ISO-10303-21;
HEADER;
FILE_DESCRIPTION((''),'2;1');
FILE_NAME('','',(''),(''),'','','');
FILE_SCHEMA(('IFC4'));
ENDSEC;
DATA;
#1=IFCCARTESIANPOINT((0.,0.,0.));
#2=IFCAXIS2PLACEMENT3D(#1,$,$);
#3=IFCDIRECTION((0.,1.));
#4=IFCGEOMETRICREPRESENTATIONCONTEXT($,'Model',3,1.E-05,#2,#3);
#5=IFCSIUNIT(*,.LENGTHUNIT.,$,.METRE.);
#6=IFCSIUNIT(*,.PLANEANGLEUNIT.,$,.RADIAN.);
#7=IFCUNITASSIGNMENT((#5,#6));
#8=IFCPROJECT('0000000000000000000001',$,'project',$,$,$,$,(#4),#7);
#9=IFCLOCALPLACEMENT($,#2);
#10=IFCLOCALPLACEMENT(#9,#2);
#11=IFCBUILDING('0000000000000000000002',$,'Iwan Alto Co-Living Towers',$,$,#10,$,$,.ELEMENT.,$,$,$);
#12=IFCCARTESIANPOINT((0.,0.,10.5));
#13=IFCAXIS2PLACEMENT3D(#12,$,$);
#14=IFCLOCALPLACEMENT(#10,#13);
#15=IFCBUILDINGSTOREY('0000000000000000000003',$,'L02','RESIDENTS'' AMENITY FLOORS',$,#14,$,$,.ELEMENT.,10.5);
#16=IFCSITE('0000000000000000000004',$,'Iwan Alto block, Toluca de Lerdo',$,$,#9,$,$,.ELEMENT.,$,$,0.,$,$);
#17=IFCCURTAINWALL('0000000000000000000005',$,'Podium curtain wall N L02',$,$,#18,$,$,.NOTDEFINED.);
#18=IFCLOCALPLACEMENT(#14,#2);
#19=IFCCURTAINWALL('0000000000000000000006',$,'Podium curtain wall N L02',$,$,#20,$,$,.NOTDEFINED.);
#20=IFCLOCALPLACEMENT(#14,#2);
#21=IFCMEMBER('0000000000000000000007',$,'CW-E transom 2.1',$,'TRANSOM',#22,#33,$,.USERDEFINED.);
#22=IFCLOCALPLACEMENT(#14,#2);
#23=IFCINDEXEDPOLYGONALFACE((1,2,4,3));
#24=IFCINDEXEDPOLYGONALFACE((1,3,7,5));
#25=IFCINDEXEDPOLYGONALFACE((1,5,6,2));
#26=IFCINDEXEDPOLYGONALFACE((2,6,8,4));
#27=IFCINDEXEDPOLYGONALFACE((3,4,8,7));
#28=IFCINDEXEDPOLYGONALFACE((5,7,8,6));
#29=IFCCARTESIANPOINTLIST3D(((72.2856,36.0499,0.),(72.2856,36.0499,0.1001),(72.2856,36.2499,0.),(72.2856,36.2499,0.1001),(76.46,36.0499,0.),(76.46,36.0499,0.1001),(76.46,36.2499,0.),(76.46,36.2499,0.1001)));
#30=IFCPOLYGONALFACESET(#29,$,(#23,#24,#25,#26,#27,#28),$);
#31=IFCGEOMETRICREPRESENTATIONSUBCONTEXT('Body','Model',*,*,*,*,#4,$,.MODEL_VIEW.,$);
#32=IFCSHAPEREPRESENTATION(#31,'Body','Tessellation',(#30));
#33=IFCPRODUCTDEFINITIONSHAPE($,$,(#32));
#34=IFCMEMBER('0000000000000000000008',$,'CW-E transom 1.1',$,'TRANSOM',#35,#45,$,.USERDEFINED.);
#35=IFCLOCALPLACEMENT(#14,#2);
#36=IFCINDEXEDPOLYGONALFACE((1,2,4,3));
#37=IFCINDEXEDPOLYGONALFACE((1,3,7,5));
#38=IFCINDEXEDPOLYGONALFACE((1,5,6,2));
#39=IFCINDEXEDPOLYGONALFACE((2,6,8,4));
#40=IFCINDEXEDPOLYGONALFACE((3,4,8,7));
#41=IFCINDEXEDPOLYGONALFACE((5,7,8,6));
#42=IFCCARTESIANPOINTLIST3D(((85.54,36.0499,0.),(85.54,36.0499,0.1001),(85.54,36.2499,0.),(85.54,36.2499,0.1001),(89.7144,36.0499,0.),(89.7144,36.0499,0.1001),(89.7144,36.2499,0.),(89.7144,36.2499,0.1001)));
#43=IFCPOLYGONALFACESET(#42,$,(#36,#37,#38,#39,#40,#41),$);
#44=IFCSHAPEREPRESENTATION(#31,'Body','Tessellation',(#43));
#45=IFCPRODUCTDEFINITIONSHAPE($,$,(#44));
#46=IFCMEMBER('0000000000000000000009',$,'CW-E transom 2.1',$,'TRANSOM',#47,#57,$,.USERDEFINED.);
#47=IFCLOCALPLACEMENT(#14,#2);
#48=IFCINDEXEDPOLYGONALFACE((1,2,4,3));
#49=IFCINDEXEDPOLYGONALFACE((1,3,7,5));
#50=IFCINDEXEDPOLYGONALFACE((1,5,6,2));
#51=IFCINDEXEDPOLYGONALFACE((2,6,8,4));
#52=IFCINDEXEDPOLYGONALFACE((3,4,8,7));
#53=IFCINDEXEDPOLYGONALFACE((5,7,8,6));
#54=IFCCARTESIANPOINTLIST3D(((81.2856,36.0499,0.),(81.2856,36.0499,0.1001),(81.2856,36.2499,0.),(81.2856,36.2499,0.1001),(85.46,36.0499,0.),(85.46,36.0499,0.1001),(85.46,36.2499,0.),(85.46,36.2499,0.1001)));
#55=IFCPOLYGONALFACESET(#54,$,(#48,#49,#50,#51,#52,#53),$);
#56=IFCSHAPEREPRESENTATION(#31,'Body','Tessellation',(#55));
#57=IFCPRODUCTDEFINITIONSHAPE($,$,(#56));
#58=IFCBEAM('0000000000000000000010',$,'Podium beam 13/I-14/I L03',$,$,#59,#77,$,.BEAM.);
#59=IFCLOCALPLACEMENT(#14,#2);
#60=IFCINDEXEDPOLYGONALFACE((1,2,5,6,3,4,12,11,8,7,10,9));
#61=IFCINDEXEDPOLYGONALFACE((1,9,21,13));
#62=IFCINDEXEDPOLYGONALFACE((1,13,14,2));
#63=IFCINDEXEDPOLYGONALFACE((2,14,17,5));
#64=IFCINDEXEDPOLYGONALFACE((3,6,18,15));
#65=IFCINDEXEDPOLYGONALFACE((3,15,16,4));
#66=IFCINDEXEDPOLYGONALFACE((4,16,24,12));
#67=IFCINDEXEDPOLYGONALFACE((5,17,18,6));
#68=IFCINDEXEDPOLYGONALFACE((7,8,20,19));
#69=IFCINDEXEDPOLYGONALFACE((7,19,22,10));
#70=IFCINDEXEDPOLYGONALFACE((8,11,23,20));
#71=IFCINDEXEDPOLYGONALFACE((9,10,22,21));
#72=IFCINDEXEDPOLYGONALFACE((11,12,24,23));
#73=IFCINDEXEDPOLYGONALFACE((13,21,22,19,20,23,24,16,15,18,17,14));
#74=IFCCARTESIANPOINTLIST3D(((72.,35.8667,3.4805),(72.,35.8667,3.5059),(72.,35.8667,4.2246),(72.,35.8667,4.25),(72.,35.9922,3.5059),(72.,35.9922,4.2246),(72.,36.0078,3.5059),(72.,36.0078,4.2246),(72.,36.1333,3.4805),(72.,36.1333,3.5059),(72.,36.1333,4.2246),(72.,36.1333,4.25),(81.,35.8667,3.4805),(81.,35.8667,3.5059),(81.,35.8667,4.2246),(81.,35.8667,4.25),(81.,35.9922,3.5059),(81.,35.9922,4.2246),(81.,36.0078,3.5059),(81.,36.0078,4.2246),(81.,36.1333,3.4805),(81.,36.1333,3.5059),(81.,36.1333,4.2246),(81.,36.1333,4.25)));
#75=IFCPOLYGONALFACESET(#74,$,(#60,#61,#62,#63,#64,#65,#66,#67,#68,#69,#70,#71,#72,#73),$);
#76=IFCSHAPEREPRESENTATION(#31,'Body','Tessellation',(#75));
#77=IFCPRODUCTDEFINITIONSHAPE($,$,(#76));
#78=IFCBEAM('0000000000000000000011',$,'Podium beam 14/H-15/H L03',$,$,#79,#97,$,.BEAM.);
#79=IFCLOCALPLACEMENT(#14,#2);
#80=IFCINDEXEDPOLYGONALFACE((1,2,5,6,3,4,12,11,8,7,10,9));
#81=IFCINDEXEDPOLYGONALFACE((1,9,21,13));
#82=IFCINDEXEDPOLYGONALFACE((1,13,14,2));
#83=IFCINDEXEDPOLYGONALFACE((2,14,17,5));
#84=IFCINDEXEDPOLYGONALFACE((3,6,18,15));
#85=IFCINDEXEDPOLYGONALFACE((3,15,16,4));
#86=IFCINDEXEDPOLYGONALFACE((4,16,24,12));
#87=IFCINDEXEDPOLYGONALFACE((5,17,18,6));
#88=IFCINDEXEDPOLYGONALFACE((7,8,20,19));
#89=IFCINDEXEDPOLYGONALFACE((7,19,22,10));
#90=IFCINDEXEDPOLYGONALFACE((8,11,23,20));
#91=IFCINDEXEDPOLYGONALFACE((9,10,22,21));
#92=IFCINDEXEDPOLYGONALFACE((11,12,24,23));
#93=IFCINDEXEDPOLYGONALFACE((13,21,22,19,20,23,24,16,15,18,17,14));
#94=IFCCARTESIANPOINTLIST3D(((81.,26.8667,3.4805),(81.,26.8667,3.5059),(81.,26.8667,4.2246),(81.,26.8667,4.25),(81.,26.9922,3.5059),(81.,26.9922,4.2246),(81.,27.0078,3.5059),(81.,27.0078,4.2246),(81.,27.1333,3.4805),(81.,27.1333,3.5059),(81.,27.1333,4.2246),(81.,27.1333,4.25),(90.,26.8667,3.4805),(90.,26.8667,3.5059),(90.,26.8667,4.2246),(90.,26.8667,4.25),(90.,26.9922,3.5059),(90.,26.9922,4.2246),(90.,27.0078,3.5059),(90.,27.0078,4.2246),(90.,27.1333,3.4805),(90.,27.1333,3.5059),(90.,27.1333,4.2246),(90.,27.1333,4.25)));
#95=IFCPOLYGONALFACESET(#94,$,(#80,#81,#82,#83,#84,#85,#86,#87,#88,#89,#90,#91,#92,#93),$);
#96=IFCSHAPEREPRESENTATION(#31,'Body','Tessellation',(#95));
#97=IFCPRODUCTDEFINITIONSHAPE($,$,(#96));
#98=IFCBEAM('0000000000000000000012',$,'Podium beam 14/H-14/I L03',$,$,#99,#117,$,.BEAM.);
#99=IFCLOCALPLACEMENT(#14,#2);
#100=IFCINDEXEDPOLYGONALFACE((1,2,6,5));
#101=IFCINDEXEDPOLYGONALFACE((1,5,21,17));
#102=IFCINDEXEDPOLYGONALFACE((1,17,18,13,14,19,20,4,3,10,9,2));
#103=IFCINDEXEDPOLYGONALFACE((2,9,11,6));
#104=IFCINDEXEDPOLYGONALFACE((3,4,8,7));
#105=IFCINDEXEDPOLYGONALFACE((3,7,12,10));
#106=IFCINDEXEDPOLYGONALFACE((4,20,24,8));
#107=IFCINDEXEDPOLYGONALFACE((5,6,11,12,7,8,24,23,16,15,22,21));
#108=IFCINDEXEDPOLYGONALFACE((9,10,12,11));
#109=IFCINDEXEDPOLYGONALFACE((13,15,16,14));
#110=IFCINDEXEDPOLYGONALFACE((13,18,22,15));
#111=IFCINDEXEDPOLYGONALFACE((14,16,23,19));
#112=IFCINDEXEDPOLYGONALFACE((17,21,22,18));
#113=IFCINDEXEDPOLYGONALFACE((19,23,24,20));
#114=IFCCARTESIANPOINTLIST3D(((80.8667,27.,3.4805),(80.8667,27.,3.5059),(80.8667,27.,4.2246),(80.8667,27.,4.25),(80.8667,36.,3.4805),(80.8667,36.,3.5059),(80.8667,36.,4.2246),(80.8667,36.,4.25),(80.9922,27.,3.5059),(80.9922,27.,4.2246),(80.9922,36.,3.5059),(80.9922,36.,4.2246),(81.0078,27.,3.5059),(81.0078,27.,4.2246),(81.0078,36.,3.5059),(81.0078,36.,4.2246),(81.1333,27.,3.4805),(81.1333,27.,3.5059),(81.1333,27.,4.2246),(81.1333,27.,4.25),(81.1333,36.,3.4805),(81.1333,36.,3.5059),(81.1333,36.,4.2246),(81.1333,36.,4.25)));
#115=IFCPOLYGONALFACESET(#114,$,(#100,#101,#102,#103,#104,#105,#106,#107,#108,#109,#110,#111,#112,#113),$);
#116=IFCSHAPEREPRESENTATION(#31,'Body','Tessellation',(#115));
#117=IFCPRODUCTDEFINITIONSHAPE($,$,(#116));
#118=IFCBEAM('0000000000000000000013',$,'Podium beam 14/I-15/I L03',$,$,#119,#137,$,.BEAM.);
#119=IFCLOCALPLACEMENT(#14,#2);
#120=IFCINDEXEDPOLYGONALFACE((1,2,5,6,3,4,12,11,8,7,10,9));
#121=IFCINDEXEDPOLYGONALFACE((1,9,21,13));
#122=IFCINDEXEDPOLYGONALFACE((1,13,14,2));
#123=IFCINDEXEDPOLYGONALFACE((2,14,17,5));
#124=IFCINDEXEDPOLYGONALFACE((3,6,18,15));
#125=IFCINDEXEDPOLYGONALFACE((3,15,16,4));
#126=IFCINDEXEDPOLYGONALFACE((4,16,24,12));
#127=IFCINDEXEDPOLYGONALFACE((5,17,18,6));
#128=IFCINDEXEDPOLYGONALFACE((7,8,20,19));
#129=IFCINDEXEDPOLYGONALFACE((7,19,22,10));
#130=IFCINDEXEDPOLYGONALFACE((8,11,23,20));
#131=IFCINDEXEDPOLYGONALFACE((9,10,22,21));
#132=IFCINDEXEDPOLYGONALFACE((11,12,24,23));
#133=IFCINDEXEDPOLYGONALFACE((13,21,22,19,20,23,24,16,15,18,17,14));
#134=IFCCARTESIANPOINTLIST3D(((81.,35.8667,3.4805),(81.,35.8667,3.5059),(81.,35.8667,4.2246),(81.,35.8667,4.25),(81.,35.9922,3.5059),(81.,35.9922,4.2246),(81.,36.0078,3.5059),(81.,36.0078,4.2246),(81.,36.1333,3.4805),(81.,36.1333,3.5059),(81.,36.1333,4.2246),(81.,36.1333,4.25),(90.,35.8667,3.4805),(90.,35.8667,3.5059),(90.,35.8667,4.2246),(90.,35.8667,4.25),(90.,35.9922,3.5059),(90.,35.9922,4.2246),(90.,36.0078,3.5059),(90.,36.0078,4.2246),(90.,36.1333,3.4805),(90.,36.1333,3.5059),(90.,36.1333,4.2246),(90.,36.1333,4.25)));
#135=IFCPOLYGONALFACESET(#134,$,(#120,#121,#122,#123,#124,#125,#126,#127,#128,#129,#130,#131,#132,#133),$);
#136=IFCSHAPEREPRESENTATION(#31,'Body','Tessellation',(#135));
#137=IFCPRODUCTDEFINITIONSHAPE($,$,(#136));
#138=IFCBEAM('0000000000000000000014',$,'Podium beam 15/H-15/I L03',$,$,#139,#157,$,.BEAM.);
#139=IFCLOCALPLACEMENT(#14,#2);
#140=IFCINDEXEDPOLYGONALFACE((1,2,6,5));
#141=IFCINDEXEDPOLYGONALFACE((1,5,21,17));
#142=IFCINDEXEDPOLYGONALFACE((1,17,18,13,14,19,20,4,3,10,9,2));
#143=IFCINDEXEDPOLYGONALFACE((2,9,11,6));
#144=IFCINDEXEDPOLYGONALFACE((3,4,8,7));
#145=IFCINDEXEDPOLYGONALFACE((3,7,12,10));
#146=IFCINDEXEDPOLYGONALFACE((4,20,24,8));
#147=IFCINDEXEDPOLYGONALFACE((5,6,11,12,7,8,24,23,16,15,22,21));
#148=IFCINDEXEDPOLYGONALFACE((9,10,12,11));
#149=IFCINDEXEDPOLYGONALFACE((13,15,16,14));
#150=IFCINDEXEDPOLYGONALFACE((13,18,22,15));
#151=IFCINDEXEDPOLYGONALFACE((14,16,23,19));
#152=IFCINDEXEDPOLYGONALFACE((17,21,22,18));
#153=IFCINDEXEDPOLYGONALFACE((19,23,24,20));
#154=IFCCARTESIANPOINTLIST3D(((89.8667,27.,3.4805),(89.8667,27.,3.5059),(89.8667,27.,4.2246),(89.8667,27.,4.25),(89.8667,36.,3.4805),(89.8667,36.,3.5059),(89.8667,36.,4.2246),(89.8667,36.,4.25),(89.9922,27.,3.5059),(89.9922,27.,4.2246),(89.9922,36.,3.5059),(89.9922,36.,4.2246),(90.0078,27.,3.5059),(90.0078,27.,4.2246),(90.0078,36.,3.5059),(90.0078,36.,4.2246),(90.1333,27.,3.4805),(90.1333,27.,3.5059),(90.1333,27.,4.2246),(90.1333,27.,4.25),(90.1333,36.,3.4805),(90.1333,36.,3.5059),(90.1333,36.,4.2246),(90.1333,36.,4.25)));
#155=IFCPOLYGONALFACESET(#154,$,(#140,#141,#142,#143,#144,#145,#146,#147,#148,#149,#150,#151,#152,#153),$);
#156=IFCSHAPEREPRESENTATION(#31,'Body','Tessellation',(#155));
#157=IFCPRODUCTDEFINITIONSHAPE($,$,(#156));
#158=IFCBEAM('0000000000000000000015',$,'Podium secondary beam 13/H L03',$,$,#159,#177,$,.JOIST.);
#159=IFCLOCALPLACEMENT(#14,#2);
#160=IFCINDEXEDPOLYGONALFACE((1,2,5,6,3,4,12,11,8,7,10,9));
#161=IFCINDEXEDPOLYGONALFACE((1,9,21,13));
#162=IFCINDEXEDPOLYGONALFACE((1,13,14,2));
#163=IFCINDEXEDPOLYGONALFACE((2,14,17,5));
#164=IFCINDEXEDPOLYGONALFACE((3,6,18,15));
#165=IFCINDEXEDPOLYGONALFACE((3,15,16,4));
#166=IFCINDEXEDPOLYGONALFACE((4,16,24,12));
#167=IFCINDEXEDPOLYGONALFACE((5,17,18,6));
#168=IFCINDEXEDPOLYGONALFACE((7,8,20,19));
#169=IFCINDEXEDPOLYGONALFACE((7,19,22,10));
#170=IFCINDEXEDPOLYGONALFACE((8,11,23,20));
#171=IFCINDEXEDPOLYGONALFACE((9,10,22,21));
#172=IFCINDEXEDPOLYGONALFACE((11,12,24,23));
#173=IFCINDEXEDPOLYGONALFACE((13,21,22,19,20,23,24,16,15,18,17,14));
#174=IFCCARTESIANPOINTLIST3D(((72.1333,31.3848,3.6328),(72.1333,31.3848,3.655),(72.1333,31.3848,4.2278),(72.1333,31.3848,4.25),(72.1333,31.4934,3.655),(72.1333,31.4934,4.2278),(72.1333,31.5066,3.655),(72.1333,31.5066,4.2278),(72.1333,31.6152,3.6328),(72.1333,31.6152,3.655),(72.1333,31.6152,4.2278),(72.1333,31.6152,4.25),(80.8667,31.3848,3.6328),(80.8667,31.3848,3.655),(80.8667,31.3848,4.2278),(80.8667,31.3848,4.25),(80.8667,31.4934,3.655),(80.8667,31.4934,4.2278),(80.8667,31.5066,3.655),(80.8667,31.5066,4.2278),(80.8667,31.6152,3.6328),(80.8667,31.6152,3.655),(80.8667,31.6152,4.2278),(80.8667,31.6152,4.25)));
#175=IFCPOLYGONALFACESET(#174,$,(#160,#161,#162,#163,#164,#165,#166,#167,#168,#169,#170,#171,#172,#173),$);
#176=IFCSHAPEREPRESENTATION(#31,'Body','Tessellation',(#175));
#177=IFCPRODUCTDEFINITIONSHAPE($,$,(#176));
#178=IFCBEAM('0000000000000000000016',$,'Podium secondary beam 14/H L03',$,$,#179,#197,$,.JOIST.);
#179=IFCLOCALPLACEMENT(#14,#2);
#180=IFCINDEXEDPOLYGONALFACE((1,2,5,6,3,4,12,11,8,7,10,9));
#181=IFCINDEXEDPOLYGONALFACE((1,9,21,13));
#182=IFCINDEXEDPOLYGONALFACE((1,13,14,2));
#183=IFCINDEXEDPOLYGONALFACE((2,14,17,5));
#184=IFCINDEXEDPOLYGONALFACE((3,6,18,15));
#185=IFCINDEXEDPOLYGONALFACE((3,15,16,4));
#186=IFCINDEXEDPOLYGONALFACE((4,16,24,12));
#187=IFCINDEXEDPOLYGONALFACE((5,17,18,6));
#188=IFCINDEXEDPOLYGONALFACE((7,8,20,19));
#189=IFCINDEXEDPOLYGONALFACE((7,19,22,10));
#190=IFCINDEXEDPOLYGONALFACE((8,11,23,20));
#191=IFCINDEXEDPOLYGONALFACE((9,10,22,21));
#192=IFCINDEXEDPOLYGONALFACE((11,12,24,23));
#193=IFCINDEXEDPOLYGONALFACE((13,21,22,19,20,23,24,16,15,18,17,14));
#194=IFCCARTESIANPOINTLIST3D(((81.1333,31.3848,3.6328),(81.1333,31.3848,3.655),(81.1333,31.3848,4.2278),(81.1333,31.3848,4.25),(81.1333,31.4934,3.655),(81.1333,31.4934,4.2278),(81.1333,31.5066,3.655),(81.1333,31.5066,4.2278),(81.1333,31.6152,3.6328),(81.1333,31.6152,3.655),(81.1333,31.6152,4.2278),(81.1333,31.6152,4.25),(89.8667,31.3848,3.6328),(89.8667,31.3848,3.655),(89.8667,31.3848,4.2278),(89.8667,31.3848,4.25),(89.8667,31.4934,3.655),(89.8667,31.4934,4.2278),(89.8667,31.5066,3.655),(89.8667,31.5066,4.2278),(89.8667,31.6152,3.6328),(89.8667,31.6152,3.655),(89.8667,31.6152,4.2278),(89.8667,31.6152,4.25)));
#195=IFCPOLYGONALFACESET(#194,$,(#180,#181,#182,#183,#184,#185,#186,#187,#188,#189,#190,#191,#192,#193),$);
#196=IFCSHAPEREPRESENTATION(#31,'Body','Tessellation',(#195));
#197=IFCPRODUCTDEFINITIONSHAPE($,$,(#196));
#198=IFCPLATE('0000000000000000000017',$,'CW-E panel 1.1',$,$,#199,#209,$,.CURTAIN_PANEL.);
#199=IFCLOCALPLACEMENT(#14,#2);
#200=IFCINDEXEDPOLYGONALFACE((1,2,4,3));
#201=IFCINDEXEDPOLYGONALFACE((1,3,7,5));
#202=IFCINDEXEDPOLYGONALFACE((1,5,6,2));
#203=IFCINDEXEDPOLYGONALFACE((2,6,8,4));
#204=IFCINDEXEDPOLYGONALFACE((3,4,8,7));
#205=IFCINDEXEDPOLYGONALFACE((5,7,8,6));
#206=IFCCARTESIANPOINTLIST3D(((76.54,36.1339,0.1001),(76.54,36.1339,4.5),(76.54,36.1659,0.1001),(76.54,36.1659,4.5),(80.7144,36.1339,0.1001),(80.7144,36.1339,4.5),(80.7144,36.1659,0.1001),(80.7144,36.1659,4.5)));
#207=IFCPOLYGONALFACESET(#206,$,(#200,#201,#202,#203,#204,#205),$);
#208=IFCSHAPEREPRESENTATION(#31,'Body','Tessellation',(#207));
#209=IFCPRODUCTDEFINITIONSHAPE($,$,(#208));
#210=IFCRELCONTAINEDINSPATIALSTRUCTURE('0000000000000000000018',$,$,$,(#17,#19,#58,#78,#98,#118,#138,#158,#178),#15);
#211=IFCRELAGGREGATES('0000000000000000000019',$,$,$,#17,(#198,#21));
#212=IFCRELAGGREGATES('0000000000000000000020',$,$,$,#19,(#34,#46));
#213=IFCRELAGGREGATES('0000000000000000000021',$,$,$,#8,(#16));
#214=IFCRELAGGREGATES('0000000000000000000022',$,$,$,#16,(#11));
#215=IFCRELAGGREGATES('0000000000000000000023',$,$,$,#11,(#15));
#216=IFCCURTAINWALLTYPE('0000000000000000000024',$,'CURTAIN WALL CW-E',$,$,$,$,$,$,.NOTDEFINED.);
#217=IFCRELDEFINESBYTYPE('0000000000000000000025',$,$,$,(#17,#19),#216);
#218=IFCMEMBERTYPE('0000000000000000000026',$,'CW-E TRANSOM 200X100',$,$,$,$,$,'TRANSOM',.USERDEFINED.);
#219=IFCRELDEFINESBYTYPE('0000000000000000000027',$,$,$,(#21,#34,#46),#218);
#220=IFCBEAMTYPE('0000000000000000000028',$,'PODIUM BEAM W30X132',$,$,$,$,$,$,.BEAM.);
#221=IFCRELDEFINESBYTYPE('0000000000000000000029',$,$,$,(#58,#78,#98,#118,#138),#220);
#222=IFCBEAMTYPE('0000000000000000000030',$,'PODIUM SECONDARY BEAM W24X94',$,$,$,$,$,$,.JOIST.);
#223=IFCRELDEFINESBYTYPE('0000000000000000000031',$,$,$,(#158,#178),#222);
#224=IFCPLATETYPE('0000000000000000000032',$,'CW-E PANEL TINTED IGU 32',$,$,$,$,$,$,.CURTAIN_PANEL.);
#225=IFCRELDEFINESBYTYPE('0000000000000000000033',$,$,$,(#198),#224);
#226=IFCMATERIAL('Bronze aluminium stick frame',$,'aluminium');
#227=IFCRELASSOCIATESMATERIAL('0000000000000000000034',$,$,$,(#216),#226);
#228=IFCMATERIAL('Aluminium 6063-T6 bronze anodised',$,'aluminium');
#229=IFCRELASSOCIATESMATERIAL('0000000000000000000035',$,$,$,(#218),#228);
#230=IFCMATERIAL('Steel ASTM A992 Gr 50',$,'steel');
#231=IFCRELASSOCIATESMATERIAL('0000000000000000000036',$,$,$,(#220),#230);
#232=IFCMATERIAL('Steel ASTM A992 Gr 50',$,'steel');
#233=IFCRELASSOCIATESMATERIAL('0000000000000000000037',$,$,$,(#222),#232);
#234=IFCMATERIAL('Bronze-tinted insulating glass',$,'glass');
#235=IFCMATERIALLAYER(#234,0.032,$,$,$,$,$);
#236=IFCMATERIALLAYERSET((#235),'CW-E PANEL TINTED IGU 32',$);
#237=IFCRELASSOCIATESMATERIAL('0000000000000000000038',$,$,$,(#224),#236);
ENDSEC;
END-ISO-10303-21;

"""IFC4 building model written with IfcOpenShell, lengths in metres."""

from ifc_helpers import new_model, si_unit, direction, frame, origin, origin_2d, place, context, subcontext, project, spatial, rectangle, i_section, extrude, material, layer, layer_set, material_profile, profile_set, type_object, element, aggregate, save


model = new_model("IFC4")

# Units and contexts
model_context = context("Model", 3, precision=1e-05, world=origin(), true_north=direction((0.0, 1.0)))
body_context = subcontext(model_context, "Body", "Model", "MODEL_VIEW")
ifc_project = project(units=[si_unit("LENGTHUNIT", "METRE"), si_unit("PLANEANGLEUNIT", "RADIAN")], contexts=[model_context])

# Site, building, storey
site_placement = place(None, origin())
site = spatial("IfcSite", under=ifc_project, at=site_placement, Name="Iwan Alto block, Toluca de Lerdo", CompositionType="ELEMENT", RefElevation=0.0)
building_placement = place(site_placement, origin())
building = spatial("IfcBuilding", under=site, at=building_placement, Name="Iwan Alto Co-Living Towers", CompositionType="ELEMENT")
storey_placement = place(building_placement, frame((0.0, 0.0, 10.5)))
storey = spatial("IfcBuildingStorey", under=building, at=storey_placement, Name="L02", Description="RESIDENTS' AMENITY FLOORS", CompositionType="ELEMENT", Elevation=10.5)

# Curtain walls
ifc_material_1 = material(Name="Bronze aluminium stick frame", Category="aluminium")
curtain_wall_type = type_object("IfcCurtainWallType", Name="CURTAIN WALL CW-E", PredefinedType="NOTDEFINED", material=ifc_material_1)
curtain_wall_1_placement = place(storey_placement, origin())
curtain_wall_1 = element("IfcCurtainWall", 1, at=curtain_wall_1_placement, inside=storey, type_object=curtain_wall_type, Name="Podium curtain wall N L02", PredefinedType="NOTDEFINED")
curtain_wall_2_placement = place(storey_placement, origin())
curtain_wall_2 = element("IfcCurtainWall", 2, at=curtain_wall_2_placement, inside=storey, type_object=curtain_wall_type, Name="Podium curtain wall N L02", PredefinedType="NOTDEFINED")

# Members
ifc_material_2 = material(Name="Aluminium 6063-T6 bronze anodised", Category="aluminium")
ifc_material_profile_1 = material_profile(ifc_material_2, rectangle(XDim=0.2, YDim=0.1001, at=origin_2d()), Name="AL 200X100")
ifc_profile_set_1 = profile_set([ifc_material_profile_1], Name="Aluminium 6063-T6 bronze anodised")
member_type_1 = type_object("IfcMemberType", Name="CW-E TRANSOM 200X100", ElementType="TRANSOM", PredefinedType="USERDEFINED", material=ifc_profile_set_1)
member_1_placement = place(storey_placement, frame((76.46, 36.1499, 0.05), z_axis=(-1.0, 0.0, 0.0), x_axis=(0.0, -1.0, 0.0)))
member_1 = element("IfcMember", 3, at=member_1_placement, type_object=member_type_1, Name="CW-E transom 2.1", ObjectType="TRANSOM", PredefinedType="USERDEFINED", context=body_context, shape_type="SweptSolid", body=[
    extrude(rectangle(XDim=0.2, YDim=0.1001, at=origin_2d()), origin(), (0.0, 0.0, 1.0), 4.1743),
])
member_2_placement = place(storey_placement, frame((89.7144, 36.1499, 0.05), z_axis=(-1.0, 0.0, 0.0), x_axis=(0.0, -1.0, 0.0)))
member_2 = element("IfcMember", 4, at=member_2_placement, type_object=member_type_1, Name="CW-E transom 1.1", ObjectType="TRANSOM", PredefinedType="USERDEFINED", context=body_context, shape_type="SweptSolid", body=[
    extrude(rectangle(XDim=0.2, YDim=0.1001, at=origin_2d()), origin(), (0.0, 0.0, 1.0), 4.1743),
])
member_3_placement = place(storey_placement, frame((85.46, 36.1499, 0.05), z_axis=(-1.0, 0.0, 0.0), x_axis=(0.0, -1.0, 0.0)))
member_3 = element("IfcMember", 5, at=member_3_placement, type_object=member_type_1, Name="CW-E transom 2.1", ObjectType="TRANSOM", PredefinedType="USERDEFINED", context=body_context, shape_type="SweptSolid", body=[
    extrude(rectangle(XDim=0.2, YDim=0.1001, at=origin_2d()), origin(), (0.0, 0.0, 1.0), 4.1743),
])

# Beams
ifc_material_3 = material(Name="Steel ASTM A992 Gr 50", Category="steel")
ifc_material_profile_2 = material_profile(ifc_material_3, i_section(OverallWidth=0.2666, OverallDepth=0.7695, WebThickness=0.0156, FlangeThickness=0.0254, at=origin_2d()), Name="W30X132")
ifc_profile_set_2 = profile_set([ifc_material_profile_2], Name="Steel ASTM A992 Gr 50")
beam_type_1 = type_object("IfcBeamType", Name="PODIUM BEAM W30X132", PredefinedType="BEAM", material=ifc_profile_set_2)
for number, where, z_axis, x_axis, name in (
    (6, (72.0, 36.0, 3.8652), (1.0, 0.0, 0.0), (0.0, 1.0, 0.0), "Podium beam 13/I-14/I L03"),
    (7, (81.0, 27.0, 3.8652), (1.0, 0.0, 0.0), (0.0, 1.0, 0.0), "Podium beam 14/H-15/H L03"),
    (8, (81.0, 27.0, 3.8652), (0.0, 1.0, 0.0), (-1.0, 0.0, 0.0), "Podium beam 14/H-14/I L03"),
    (9, (81.0, 36.0, 3.8652), (1.0, 0.0, 0.0), (0.0, 1.0, 0.0), "Podium beam 14/I-15/I L03"),
    (10, (90.0, 27.0, 3.8652), (0.0, 1.0, 0.0), (-1.0, 0.0, 0.0), "Podium beam 15/H-15/I L03"),
):
    element("IfcBeam", number, at=place(storey_placement, frame(where, z_axis=z_axis, x_axis=x_axis)), inside=storey, type_object=beam_type_1, Name=name, PredefinedType="BEAM", context=body_context, shape_type="SweptSolid", body=[
        extrude(i_section(OverallWidth=0.2666, OverallDepth=0.7695, WebThickness=0.0156, FlangeThickness=0.0254, at=origin_2d()), origin(), (0.0, 0.0, 1.0), 9.0),
    ])
ifc_material_4 = material(Name="Steel ASTM A992 Gr 50", Category="steel")
ifc_material_profile_3 = material_profile(ifc_material_4, i_section(OverallWidth=0.2305, OverallDepth=0.6172, WebThickness=0.0132, FlangeThickness=0.0222, at=origin_2d()), Name="W24X94")
ifc_profile_set_3 = profile_set([ifc_material_profile_3], Name="Steel ASTM A992 Gr 50")
beam_type_2 = type_object("IfcBeamType", Name="PODIUM SECONDARY BEAM W24X94", PredefinedType="JOIST", material=ifc_profile_set_3)
for number, where, z_axis, x_axis, name in (
    (11, (72.1333, 31.5, 3.9414), (1.0, 0.0, 0.0), (0.0, 1.0, 0.0), "Podium secondary beam 13/H L03"),
    (12, (81.1333, 31.5, 3.9414), (1.0, 0.0, 0.0), (0.0, 1.0, 0.0), "Podium secondary beam 14/H L03"),
):
    element("IfcBeam", number, at=place(storey_placement, frame(where, z_axis=z_axis, x_axis=x_axis)), inside=storey, type_object=beam_type_2, Name=name, PredefinedType="JOIST", context=body_context, shape_type="SweptSolid", body=[
        extrude(i_section(OverallWidth=0.2305, OverallDepth=0.6172, WebThickness=0.0132, FlangeThickness=0.0222, at=origin_2d()), origin(), (0.0, 0.0, 1.0), 8.7334),
    ])

# Plate
ifc_material_5 = material(Name="Bronze-tinted insulating glass", Category="glass")
ifc_layer_1 = layer(ifc_material_5, 0.032)
ifc_layer_set_1 = layer_set([ifc_layer_1], Name="CW-E PANEL TINTED IGU 32")
plate_type = type_object("IfcPlateType", Name="CW-E PANEL TINTED IGU 32", PredefinedType="CURTAIN_PANEL", material=ifc_layer_set_1)
plate_1_placement = place(storey_placement, frame((78.6272, 36.1499, 0.1001), z_axis=(0.0, 0.0, 1.0), x_axis=(-1.0, 0.0, 0.0)))
plate_1 = element("IfcPlate", 13, at=plate_1_placement, type_object=plate_type, Name="CW-E panel 1.1", PredefinedType="CURTAIN_PANEL", context=body_context, shape_type="SweptSolid", body=[
    extrude(rectangle(XDim=4.1743, YDim=0.032, at=origin_2d()), origin(), (0.0, 0.0, 1.0), 4.3999),
])
aggregate(curtain_wall_1, [plate_1, member_1])
aggregate(curtain_wall_2, [member_2, member_3])

save(model, "model.ifc")
